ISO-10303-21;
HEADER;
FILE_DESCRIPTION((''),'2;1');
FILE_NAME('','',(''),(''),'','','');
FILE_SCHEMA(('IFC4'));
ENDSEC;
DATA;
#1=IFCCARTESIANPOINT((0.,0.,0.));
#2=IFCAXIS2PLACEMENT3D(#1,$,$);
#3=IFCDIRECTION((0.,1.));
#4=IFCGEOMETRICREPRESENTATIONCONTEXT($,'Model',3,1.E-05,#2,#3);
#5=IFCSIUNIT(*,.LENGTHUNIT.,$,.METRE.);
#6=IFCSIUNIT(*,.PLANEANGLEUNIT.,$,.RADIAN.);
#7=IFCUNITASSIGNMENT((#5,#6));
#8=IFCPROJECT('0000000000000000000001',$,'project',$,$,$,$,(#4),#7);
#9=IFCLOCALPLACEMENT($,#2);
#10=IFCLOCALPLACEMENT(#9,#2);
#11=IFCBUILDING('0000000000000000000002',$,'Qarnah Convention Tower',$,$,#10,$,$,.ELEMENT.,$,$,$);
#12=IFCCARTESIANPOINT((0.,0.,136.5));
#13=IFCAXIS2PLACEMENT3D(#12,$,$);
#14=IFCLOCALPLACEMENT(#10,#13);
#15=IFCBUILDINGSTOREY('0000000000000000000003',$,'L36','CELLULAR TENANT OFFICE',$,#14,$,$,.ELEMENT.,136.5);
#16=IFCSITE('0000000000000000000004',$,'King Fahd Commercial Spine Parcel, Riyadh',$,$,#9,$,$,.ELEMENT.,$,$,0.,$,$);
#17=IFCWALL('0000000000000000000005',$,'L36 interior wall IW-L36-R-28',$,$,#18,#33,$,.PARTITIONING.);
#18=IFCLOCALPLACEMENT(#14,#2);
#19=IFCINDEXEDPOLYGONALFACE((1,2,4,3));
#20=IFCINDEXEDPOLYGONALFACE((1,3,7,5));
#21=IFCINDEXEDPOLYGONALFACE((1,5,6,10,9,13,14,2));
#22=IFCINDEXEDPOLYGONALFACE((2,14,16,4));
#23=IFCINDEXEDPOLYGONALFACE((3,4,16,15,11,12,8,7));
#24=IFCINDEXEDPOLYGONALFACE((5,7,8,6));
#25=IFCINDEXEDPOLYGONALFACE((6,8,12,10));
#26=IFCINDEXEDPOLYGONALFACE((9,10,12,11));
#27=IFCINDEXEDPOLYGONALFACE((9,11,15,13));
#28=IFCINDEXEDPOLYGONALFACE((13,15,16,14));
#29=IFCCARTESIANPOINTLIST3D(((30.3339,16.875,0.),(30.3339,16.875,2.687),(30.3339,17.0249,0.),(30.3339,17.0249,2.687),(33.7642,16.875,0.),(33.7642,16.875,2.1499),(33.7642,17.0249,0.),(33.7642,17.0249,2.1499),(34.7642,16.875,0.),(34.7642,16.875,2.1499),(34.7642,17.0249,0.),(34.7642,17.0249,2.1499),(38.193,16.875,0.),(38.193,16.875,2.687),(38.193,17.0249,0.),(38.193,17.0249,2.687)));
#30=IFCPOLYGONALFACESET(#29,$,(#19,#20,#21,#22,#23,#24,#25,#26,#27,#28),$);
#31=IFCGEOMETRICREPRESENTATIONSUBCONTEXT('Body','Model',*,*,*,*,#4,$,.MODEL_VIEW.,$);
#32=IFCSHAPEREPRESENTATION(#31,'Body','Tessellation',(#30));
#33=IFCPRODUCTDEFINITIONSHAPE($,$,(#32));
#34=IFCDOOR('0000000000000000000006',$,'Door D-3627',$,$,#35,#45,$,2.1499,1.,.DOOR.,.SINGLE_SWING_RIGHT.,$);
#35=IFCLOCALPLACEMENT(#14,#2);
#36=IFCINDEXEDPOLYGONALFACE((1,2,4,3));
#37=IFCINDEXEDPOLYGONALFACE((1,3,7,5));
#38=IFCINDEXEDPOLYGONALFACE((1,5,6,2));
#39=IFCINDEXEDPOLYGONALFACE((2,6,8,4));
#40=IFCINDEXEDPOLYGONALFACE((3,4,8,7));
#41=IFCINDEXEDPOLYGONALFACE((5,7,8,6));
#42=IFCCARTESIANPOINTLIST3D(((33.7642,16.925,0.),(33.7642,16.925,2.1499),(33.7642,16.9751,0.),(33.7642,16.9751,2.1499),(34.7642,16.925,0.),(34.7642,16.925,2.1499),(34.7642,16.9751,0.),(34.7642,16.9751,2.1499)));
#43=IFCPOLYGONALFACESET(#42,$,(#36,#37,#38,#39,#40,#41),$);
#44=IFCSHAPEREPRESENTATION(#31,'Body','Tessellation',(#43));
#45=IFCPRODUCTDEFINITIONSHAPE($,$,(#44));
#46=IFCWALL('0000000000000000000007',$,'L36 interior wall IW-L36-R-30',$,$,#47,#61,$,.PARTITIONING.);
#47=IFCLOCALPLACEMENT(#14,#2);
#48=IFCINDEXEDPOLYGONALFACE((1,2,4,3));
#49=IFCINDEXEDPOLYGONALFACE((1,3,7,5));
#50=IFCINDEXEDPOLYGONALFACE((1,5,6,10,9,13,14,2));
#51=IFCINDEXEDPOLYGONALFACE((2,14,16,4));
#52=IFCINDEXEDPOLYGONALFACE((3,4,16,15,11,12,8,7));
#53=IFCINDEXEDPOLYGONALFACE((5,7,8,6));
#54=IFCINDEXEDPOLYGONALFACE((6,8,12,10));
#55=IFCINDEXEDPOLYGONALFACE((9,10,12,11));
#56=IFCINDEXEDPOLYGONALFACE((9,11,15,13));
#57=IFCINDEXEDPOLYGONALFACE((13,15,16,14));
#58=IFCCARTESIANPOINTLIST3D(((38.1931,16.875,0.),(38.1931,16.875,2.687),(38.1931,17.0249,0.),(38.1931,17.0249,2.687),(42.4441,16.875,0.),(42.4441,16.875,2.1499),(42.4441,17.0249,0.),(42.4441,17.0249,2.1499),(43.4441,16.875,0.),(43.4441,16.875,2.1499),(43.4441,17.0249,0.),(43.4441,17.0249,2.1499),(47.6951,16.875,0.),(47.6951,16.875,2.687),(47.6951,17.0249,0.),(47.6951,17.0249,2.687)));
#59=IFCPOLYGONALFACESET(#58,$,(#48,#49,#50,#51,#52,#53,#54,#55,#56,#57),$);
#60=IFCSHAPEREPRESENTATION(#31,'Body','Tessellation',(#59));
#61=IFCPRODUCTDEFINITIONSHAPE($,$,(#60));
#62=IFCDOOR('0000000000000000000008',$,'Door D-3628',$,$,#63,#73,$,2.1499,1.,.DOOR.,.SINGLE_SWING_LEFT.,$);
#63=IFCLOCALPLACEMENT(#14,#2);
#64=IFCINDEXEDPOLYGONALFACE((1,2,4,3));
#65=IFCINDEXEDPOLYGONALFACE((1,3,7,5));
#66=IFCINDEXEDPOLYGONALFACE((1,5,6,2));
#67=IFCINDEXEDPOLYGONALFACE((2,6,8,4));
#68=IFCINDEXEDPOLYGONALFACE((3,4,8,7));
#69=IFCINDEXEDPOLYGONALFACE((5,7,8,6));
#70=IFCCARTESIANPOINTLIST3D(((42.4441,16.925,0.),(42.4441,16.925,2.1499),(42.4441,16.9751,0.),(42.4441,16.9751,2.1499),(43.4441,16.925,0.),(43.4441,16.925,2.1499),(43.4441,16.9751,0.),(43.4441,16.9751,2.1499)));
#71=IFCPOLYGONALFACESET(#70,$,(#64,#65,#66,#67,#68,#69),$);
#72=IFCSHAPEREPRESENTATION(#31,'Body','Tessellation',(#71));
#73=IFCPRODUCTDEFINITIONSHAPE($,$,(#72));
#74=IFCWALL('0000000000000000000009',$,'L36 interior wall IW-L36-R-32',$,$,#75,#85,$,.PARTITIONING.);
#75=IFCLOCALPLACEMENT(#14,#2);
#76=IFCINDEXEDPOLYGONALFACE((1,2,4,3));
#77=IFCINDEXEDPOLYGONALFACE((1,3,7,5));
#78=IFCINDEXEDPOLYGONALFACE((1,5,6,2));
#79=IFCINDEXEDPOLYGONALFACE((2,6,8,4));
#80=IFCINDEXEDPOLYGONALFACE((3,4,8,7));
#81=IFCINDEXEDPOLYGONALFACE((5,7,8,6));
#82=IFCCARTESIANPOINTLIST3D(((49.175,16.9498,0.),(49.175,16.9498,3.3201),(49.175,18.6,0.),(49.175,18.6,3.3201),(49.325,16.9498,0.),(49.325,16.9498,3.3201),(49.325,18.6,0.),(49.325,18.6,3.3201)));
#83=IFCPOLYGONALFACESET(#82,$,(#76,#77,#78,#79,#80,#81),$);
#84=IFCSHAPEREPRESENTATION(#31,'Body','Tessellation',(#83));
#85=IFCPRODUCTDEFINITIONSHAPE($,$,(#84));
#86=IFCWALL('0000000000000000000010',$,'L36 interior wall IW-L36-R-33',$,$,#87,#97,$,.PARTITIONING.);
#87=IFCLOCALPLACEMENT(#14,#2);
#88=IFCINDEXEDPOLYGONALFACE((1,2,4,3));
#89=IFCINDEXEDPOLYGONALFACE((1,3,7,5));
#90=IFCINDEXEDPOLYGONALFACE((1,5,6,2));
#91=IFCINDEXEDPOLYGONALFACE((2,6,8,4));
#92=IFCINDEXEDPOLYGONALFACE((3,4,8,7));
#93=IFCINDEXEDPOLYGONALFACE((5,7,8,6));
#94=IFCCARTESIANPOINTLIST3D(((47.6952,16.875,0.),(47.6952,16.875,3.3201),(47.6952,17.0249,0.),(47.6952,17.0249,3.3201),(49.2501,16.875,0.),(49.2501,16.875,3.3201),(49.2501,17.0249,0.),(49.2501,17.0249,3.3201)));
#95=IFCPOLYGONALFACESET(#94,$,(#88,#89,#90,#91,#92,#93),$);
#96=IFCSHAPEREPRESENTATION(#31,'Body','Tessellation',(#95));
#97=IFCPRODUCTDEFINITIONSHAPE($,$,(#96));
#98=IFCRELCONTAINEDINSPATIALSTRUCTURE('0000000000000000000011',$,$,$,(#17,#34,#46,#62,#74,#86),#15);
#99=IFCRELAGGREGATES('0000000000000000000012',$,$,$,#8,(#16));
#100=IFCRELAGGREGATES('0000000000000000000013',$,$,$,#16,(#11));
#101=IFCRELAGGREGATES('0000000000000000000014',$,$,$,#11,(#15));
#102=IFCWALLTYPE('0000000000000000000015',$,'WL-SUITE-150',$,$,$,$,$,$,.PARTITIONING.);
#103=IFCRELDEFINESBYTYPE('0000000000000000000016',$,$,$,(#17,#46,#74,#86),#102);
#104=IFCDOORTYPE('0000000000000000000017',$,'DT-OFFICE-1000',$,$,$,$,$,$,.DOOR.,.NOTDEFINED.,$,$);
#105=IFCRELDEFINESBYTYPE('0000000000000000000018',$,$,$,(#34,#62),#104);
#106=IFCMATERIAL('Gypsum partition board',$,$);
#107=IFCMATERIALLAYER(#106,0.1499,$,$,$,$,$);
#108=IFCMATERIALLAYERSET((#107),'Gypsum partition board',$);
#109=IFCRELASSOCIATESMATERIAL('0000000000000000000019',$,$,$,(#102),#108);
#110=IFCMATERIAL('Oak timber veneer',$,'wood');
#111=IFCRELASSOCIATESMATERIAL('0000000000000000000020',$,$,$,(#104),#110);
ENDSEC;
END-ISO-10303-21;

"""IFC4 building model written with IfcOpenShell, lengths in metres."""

from ifc_helpers import new_model, si_unit, direction, frame, frame_2d, origin, place, context, subcontext, project, spatial, rectangle, extrude, material, layer, layer_set, type_object, element, fill, save


model = new_model("IFC4")

# Units and contexts
model_context = context("Model", 3, precision=1e-05, world=origin(), true_north=direction((0.0, 1.0)))
body_context = subcontext(model_context, "Body", "Model", "MODEL_VIEW")
ifc_project = project(units=[si_unit("LENGTHUNIT", "METRE"), si_unit("PLANEANGLEUNIT", "RADIAN")], contexts=[model_context])

# Site, building, storey
site_placement = place(None, origin())
site = spatial("IfcSite", under=ifc_project, at=site_placement, Name="King Fahd Commercial Spine Parcel, Riyadh", CompositionType="ELEMENT", RefElevation=0.0)
building_placement = place(site_placement, origin())
building = spatial("IfcBuilding", under=site, at=building_placement, Name="Qarnah Convention Tower", CompositionType="ELEMENT")
storey_placement = place(building_placement, frame((0.0, 0.0, 136.5)))
storey = spatial("IfcBuildingStorey", under=building, at=storey_placement, Name="L36", Description="CELLULAR TENANT OFFICE", CompositionType="ELEMENT", Elevation=136.5)

# Walls, openings, doors
ifc_material_1 = material(Name="Gypsum partition board")
ifc_layer_1 = layer(ifc_material_1, 0.1499)
ifc_layer_set_1 = layer_set([ifc_layer_1], Name="Gypsum partition board")
wall_type_1 = type_object("IfcWallType", Name="WL-SUITE-150", PredefinedType="PARTITIONING", material=ifc_layer_set_1)
wall_1_placement = place(storey_placement, frame((38.1931, 16.95, 0.0), z_axis=(0.0, 0.0, 1.0), x_axis=(-1.0, 0.0, 0.0)))
wall_1 = element("IfcWall", 1, at=wall_1_placement, inside=storey, type_object=wall_type_1, Name="L36 interior wall IW-L36-R-28", PredefinedType="PARTITIONING", context=body_context, shape_type="SweptSolid", body=[
    extrude(rectangle(XDim=7.8591, YDim=0.1499, at=frame_2d((3.9297, 0.0))), origin(), (0.0, 0.0, 1.0), 2.687),
])
opening_1_placement = place(wall_1_placement, frame((3.429, 0.0, 0.0)))
opening_1 = element("IfcOpeningElement", 2, at=opening_1_placement, cuts=wall_1, PredefinedType="OPENING", context=body_context, shape_type="SweptSolid", body=[
    extrude(rectangle(XDim=1.0, YDim=2.1499, at=frame_2d((0.5, 1.075))), frame((0.0, 0.085, 0.0), z_axis=(0.0, -1.0, 0.0), x_axis=(1.0, 0.0, 0.0)), (0.0, 0.0, 1.0), 0.1699),
])
ifc_material_2 = material(Name="Oak timber veneer", Category="wood")
door_type_1 = type_object("IfcDoorType", Name="DT-OFFICE-1000", OperationType="NOTDEFINED", PredefinedType="DOOR", material=ifc_material_2)
door_1_placement = place(opening_1_placement, origin())
door_1 = element("IfcDoor", 3, at=door_1_placement, inside=storey, type_object=door_type_1, Name="Door D-3627", OperationType="SINGLE_SWING_RIGHT", OverallHeight=2.1499, OverallWidth=1.0, PredefinedType="DOOR", context=body_context, shape_type="SweptSolid", body=[
    extrude(rectangle(XDim=1.0, YDim=2.1499, at=frame_2d((0.5, 1.075))), frame((0.0, 0.0249, 0.0), z_axis=(0.0, -1.0, 0.0), x_axis=(1.0, 0.0, 0.0)), (0.0, 0.0, 1.0), 0.05),
])
fill(opening_1, door_1)
wall_2_placement = place(storey_placement, frame((47.6951, 16.95, 0.0), z_axis=(0.0, 0.0, 1.0), x_axis=(-1.0, 0.0, 0.0)))
wall_2 = element("IfcWall", 4, at=wall_2_placement, inside=storey, type_object=wall_type_1, Name="L36 interior wall IW-L36-R-30", PredefinedType="PARTITIONING", context=body_context, shape_type="SweptSolid", body=[
    extrude(rectangle(XDim=9.502, YDim=0.1499, at=frame_2d((4.751, 0.0))), origin(), (0.0, 0.0, 1.0), 2.687),
])
opening_2_placement = place(wall_2_placement, frame((4.251, 0.0, 0.0)))
opening_2 = element("IfcOpeningElement", 5, at=opening_2_placement, cuts=wall_2, PredefinedType="OPENING", context=body_context, shape_type="SweptSolid", body=[
    extrude(rectangle(XDim=1.0, YDim=2.1499, at=frame_2d((0.5, 1.075))), frame((0.0, 0.085, 0.0), z_axis=(0.0, -1.0, 0.0), x_axis=(1.0, 0.0, 0.0)), (0.0, 0.0, 1.0), 0.1699),
])
door_2_placement = place(opening_2_placement, origin())
door_2 = element("IfcDoor", 6, at=door_2_placement, inside=storey, type_object=door_type_1, Name="Door D-3628", OperationType="SINGLE_SWING_LEFT", OverallHeight=2.1499, OverallWidth=1.0, PredefinedType="DOOR", context=body_context, shape_type="SweptSolid", body=[
    extrude(rectangle(XDim=1.0, YDim=2.1499, at=frame_2d((0.5, 1.075))), frame((0.0, 0.0249, 0.0), z_axis=(0.0, -1.0, 0.0), x_axis=(1.0, 0.0, 0.0)), (0.0, 0.0, 1.0), 0.05),
])
fill(opening_2, door_2)

# Walls
wall_3_placement = place(storey_placement, frame((49.25, 18.6001, 0.0), z_axis=(0.0, 0.0, 1.0), x_axis=(0.0, -1.0, 0.0)))
element("IfcWall", 7, at=wall_3_placement, inside=storey, type_object=wall_type_1, Name="L36 interior wall IW-L36-R-32", PredefinedType="PARTITIONING", context=body_context, shape_type="SweptSolid", body=[
    extrude(rectangle(XDim=1.6501, YDim=0.1499, at=frame_2d((0.8252, 0.0))), origin(), (0.0, 0.0, 1.0), 3.3201),
])
wall_4_placement = place(storey_placement, frame((49.25, 16.95, 0.0), z_axis=(0.0, 0.0, 1.0), x_axis=(-1.0, 0.0, 0.0)))
element("IfcWall", 8, at=wall_4_placement, inside=storey, type_object=wall_type_1, Name="L36 interior wall IW-L36-R-33", PredefinedType="PARTITIONING", context=body_context, shape_type="SweptSolid", body=[
    extrude(rectangle(XDim=1.5549, YDim=0.1499, at=frame_2d((0.7773, 0.0))), origin(), (0.0, 0.0, 1.0), 3.3201),
])

save(model, "model.ifc")
